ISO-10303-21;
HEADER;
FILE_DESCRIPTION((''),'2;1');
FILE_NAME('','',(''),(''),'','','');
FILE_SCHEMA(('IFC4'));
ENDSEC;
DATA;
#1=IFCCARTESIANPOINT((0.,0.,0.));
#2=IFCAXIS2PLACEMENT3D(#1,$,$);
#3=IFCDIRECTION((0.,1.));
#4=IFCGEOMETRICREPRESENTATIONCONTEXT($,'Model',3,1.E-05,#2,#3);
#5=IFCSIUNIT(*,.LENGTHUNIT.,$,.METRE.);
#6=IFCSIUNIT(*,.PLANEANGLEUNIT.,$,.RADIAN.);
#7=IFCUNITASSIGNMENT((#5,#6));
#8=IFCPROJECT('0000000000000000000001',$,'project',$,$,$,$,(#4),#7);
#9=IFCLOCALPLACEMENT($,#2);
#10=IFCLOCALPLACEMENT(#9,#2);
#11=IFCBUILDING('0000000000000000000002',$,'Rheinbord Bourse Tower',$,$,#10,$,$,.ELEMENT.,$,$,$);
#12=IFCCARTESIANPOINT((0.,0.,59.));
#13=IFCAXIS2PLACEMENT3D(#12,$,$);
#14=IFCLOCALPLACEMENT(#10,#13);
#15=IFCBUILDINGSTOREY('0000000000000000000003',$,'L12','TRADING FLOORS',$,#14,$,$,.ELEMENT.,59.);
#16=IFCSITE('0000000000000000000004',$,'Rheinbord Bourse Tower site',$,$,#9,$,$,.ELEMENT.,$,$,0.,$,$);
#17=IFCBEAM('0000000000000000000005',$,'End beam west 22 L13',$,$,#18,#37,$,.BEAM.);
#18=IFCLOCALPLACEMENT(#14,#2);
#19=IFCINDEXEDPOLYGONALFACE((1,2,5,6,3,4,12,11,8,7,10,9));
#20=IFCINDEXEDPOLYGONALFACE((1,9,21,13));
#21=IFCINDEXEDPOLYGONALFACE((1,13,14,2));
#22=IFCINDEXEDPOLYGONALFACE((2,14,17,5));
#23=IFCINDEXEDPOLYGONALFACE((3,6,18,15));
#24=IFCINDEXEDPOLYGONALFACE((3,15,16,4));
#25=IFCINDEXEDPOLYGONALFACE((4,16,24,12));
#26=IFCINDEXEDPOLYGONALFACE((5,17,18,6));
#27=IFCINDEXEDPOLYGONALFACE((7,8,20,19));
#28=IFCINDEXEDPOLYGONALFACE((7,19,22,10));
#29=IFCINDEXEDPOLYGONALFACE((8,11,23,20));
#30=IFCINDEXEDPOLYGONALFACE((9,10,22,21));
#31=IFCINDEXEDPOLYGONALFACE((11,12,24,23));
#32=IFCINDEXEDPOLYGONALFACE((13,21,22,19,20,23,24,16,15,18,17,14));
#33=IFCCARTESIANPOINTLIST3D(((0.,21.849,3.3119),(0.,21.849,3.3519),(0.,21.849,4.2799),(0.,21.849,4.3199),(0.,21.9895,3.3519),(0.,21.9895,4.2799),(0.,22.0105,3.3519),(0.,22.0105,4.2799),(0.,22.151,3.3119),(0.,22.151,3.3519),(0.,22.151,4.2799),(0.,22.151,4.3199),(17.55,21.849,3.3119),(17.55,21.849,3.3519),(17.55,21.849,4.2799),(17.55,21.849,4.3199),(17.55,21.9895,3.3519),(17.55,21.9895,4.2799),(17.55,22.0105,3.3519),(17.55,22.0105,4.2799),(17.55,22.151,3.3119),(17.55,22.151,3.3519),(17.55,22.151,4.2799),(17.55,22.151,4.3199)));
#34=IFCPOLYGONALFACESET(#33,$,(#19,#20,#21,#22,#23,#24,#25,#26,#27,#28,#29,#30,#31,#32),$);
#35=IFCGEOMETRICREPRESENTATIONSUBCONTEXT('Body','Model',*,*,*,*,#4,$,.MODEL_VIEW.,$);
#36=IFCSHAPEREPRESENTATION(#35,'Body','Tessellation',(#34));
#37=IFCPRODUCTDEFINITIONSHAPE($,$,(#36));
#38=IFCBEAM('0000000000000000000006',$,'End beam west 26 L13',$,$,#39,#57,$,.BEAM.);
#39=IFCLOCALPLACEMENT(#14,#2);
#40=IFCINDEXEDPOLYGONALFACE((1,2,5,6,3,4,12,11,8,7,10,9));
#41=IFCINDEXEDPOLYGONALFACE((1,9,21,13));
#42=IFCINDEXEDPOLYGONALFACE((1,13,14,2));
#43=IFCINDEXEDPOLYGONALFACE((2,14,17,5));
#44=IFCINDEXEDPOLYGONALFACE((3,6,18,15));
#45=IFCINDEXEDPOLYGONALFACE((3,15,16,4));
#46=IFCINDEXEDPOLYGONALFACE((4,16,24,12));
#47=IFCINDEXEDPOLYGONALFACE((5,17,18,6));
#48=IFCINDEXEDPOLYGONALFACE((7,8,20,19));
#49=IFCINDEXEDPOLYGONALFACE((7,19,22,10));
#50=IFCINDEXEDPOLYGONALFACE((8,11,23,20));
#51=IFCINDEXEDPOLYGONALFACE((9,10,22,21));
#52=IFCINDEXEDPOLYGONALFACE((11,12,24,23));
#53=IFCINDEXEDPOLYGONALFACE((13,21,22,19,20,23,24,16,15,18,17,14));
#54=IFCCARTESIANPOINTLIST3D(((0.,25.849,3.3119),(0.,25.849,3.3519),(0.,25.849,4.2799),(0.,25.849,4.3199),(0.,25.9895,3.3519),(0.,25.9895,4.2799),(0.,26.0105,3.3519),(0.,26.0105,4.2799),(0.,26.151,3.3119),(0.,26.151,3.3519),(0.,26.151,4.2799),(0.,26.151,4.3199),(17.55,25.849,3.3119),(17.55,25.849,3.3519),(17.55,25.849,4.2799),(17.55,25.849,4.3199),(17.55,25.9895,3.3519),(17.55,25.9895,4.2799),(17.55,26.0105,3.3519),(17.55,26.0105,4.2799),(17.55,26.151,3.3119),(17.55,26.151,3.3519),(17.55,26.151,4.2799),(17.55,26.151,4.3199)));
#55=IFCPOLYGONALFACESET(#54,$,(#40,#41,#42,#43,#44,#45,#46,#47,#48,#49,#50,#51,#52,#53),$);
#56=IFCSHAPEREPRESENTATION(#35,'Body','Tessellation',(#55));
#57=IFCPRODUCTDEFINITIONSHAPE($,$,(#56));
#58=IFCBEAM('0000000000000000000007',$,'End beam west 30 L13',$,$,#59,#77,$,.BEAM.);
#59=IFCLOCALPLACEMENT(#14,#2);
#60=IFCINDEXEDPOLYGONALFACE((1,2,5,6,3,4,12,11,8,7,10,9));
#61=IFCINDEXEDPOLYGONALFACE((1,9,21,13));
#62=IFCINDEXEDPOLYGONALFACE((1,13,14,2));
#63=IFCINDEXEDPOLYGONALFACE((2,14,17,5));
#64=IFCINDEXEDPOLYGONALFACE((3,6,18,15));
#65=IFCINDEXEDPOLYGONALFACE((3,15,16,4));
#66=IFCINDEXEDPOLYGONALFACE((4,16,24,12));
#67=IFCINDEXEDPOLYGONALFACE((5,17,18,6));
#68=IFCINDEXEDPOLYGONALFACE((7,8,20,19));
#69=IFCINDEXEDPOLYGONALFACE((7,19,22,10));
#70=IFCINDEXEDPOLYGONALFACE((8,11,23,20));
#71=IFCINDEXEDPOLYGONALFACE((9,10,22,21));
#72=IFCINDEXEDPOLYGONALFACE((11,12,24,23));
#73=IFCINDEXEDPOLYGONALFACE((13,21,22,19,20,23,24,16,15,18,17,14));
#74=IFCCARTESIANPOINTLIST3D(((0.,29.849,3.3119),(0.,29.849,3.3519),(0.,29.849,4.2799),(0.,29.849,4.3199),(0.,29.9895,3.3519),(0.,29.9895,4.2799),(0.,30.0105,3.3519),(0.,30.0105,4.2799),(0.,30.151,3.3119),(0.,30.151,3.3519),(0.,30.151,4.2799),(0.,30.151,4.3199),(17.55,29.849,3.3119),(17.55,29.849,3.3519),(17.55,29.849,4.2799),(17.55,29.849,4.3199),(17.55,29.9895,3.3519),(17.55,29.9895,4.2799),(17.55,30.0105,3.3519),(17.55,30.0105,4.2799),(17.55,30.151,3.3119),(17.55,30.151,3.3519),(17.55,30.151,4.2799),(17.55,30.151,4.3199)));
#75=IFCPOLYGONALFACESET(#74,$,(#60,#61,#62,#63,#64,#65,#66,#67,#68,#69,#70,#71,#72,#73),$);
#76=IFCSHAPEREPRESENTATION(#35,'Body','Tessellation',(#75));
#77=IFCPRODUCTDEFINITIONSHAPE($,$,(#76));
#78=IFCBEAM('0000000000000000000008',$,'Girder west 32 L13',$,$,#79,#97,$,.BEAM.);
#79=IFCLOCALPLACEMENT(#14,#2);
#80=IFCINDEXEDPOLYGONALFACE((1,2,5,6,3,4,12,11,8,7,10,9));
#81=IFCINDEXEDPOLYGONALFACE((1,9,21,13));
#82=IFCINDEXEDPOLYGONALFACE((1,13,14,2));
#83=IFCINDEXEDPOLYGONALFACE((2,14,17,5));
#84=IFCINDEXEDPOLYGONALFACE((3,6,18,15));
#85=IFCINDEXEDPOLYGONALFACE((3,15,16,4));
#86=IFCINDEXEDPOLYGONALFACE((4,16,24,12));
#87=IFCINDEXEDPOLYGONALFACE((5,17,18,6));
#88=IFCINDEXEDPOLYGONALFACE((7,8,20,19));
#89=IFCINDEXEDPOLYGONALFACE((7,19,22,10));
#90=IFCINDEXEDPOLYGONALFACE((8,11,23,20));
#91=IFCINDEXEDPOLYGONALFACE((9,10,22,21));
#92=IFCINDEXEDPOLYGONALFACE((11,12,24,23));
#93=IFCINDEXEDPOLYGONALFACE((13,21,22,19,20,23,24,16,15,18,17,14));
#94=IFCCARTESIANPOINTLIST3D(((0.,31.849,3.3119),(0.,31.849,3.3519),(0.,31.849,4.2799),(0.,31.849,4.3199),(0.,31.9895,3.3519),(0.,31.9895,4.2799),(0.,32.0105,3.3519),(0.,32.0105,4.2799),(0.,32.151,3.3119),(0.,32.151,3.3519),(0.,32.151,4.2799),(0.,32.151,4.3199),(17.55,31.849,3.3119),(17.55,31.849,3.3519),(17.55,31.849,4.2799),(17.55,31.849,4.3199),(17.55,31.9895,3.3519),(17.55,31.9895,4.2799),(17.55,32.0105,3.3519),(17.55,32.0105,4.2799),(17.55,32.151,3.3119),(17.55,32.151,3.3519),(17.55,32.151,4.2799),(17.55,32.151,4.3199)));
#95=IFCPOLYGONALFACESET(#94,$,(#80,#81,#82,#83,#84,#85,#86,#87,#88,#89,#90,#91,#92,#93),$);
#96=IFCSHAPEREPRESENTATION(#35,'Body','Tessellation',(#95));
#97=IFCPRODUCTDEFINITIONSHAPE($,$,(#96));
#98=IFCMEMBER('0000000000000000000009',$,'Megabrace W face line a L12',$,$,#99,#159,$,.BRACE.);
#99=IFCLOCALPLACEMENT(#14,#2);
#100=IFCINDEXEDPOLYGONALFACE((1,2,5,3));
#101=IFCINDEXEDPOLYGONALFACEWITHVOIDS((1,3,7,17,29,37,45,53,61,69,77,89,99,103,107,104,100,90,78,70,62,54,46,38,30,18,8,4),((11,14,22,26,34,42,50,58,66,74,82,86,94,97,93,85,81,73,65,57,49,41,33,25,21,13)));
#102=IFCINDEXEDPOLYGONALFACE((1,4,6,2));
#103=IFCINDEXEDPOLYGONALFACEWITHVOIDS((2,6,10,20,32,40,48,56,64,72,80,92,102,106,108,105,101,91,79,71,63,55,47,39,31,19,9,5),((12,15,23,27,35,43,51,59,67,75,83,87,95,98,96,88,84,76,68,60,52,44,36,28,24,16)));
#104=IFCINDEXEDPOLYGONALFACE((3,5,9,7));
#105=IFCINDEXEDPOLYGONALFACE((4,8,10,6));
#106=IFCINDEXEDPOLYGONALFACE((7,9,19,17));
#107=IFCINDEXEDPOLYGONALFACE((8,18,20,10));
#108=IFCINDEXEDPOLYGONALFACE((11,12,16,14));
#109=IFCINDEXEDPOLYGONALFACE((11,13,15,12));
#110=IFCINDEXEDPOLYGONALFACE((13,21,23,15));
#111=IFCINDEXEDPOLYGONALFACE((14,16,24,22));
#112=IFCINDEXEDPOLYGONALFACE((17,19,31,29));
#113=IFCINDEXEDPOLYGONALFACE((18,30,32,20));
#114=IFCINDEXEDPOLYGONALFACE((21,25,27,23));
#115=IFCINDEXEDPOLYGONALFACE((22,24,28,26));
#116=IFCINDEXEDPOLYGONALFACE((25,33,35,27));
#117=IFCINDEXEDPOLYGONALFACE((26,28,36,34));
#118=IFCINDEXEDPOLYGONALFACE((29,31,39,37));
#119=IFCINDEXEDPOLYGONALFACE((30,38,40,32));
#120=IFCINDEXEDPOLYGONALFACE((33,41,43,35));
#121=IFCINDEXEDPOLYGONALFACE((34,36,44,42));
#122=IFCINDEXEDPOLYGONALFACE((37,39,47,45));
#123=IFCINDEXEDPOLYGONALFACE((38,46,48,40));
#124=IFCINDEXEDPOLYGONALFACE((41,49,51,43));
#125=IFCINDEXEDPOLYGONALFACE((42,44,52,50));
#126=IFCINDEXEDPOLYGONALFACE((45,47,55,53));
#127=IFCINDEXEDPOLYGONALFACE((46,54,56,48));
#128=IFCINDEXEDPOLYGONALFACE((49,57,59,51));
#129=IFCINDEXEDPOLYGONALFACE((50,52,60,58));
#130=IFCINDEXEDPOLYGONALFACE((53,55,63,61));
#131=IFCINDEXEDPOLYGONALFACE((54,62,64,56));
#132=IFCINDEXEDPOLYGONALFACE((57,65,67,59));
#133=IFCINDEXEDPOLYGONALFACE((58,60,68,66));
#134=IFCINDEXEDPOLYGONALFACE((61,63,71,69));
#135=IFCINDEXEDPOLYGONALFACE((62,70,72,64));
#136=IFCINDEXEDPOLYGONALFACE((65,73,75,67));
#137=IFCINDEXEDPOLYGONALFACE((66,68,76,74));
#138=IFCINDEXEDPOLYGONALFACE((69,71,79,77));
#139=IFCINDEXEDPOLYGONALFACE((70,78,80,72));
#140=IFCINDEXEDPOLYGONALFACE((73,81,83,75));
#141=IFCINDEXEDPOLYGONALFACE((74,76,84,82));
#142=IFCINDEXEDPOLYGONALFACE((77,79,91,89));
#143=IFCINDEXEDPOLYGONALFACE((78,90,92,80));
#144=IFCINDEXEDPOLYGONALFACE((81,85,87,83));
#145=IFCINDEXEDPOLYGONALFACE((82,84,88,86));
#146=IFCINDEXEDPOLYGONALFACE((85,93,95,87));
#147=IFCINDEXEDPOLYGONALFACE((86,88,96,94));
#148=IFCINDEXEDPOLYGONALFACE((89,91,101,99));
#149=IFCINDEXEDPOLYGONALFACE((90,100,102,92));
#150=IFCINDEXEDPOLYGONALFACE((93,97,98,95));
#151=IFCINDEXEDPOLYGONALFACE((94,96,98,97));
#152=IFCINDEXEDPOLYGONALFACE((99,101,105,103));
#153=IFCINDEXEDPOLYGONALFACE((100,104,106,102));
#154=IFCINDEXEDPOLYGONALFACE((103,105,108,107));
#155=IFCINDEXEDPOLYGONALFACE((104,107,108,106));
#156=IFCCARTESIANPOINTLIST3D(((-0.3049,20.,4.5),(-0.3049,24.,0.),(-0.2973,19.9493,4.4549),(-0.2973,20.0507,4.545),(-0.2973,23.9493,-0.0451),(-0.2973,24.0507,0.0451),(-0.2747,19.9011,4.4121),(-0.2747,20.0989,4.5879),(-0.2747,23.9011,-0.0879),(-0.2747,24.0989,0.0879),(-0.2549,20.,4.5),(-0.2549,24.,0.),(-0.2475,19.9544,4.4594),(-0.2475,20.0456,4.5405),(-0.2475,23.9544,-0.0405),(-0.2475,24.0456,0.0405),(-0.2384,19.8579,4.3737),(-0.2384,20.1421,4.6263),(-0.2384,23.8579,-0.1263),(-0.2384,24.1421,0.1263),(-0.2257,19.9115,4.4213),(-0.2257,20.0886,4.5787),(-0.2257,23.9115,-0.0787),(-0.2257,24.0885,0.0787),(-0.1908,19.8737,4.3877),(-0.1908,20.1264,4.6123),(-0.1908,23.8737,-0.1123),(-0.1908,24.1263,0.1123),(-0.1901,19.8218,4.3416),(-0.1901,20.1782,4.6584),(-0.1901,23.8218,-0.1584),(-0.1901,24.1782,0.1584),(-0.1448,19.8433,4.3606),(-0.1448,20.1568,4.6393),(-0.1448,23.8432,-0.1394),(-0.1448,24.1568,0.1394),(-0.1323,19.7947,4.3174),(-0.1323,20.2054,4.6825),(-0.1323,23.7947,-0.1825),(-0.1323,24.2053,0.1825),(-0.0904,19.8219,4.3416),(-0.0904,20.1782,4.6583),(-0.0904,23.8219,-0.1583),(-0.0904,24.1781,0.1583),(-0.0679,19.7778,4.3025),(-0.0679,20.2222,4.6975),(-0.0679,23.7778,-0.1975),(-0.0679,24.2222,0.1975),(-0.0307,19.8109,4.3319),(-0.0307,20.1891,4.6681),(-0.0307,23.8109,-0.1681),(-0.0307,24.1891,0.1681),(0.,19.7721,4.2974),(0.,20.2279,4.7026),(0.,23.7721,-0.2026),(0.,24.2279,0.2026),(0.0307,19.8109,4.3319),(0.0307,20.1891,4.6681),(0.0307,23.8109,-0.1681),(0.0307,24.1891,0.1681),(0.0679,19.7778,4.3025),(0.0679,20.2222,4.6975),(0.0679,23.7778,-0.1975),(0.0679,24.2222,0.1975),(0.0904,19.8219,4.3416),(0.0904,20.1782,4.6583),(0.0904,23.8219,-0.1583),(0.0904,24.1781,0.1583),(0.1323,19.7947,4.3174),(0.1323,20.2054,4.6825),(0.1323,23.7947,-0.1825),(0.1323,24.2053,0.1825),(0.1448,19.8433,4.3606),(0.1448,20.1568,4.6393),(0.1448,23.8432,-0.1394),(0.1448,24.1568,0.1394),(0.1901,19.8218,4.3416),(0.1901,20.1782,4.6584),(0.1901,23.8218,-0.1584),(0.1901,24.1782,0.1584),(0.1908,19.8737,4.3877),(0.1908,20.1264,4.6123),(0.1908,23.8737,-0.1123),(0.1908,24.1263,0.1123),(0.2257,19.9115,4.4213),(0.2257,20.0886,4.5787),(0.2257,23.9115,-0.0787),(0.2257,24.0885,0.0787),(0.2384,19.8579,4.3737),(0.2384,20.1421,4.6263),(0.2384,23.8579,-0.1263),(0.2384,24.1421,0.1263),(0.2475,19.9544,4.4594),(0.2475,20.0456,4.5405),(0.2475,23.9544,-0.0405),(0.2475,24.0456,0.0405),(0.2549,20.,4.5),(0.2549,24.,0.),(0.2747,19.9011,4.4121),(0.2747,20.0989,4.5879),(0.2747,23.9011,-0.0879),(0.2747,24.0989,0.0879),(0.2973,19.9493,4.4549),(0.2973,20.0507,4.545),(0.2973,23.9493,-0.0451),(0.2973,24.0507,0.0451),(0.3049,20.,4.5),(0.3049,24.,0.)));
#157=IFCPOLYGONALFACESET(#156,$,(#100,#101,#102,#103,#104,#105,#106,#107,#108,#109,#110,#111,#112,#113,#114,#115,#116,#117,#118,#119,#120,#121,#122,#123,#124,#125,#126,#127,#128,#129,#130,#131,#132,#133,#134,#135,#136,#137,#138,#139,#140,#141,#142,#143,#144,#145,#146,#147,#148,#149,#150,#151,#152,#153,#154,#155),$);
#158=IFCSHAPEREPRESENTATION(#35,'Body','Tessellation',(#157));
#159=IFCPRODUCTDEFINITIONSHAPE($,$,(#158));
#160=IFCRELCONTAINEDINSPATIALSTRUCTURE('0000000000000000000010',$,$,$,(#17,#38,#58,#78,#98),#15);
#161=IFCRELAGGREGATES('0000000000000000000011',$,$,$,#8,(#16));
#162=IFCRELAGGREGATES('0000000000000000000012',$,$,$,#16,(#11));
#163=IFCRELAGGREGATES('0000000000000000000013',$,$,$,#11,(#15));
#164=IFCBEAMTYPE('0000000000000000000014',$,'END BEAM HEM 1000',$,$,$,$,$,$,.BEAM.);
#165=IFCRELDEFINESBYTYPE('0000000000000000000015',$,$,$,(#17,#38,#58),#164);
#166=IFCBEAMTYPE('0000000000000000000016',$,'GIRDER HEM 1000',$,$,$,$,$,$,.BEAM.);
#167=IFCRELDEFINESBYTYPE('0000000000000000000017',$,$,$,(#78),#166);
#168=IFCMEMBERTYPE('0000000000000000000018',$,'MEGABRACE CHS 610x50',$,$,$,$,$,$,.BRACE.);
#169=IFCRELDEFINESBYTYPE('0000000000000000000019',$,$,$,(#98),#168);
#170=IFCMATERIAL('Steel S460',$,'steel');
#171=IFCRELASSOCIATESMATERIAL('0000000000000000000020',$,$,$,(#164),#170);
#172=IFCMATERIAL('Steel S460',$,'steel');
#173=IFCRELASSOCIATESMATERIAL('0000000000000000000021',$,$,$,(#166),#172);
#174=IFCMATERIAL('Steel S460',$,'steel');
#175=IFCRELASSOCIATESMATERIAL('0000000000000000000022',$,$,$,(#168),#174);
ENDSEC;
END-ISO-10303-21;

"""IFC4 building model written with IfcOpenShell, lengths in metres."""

from ifc_helpers import new_model, si_unit, direction, frame, origin, origin_2d, place, context, subcontext, project, spatial, hollow_circle, i_section, extrude, material, material_profile, profile_set, type_object, element, save


model = new_model("IFC4")

# Units and contexts
model_context = context("Model", 3, precision=1e-05, world=origin(), true_north=direction((0.0, 1.0)))
body_context = subcontext(model_context, "Body", "Model", "MODEL_VIEW")
ifc_project = project(units=[si_unit("LENGTHUNIT", "METRE"), si_unit("PLANEANGLEUNIT", "RADIAN")], contexts=[model_context])

# Site, building, storey
site_placement = place(None, origin())
site = spatial("IfcSite", under=ifc_project, at=site_placement, Name="Rheinbord Bourse Tower site", CompositionType="ELEMENT", RefElevation=0.0)
building_placement = place(site_placement, origin())
building = spatial("IfcBuilding", under=site, at=building_placement, Name="Rheinbord Bourse Tower", CompositionType="ELEMENT")
storey_placement = place(building_placement, frame((0.0, 0.0, 59.0)))
storey = spatial("IfcBuildingStorey", under=building, at=storey_placement, Name="L12", Description="TRADING FLOORS", CompositionType="ELEMENT", Elevation=59.0)

# Beams
ifc_material_1 = material(Name="Steel S460", Category="steel")
ifc_material_profile_1 = material_profile(ifc_material_1, i_section(OverallWidth=0.302, OverallDepth=1.0081, WebThickness=0.021, FlangeThickness=0.04, at=origin_2d()), Name="HEM 1000")
ifc_profile_set_1 = profile_set([ifc_material_profile_1], Name="Steel S460")
beam_type_1 = type_object("IfcBeamType", Name="END BEAM HEM 1000", PredefinedType="BEAM", material=ifc_profile_set_1)
for number, where, z_axis, x_axis, name in (
    (1, (0.0, 22.0, 3.8159), (1.0, 0.0, 0.0), (0.0, 1.0, 0.0), "End beam west 22 L13"),
    (2, (0.0, 26.0, 3.8159), (1.0, 0.0, 0.0), (0.0, 1.0, 0.0), "End beam west 26 L13"),
    (3, (0.0, 30.0, 3.8159), (1.0, 0.0, 0.0), (0.0, 1.0, 0.0), "End beam west 30 L13"),
):
    element("IfcBeam", number, at=place(storey_placement, frame(where, z_axis=z_axis, x_axis=x_axis)), inside=storey, type_object=beam_type_1, Name=name, PredefinedType="BEAM", context=body_context, shape_type="SweptSolid", body=[
        extrude(i_section(OverallWidth=0.302, OverallDepth=1.0081, WebThickness=0.021, FlangeThickness=0.04, at=origin_2d()), origin(), (0.0, 0.0, 1.0), 17.55),
    ])
ifc_material_2 = material(Name="Steel S460", Category="steel")
ifc_material_profile_2 = material_profile(ifc_material_2, i_section(OverallWidth=0.302, OverallDepth=1.0081, WebThickness=0.021, FlangeThickness=0.04, at=origin_2d()), Name="HEM 1000")
ifc_profile_set_2 = profile_set([ifc_material_profile_2], Name="Steel S460")
beam_type_2 = type_object("IfcBeamType", Name="GIRDER HEM 1000", PredefinedType="BEAM", material=ifc_profile_set_2)
beam_1_placement = place(storey_placement, frame((0.0, 32.0, 3.8159), z_axis=(1.0, 0.0, 0.0), x_axis=(0.0, 1.0, 0.0)))
element("IfcBeam", 4, at=beam_1_placement, inside=storey, type_object=beam_type_2, Name="Girder west 32 L13", PredefinedType="BEAM", context=body_context, shape_type="SweptSolid", body=[
    extrude(i_section(OverallWidth=0.302, OverallDepth=1.0081, WebThickness=0.021, FlangeThickness=0.04, at=origin_2d()), origin(), (0.0, 0.0, 1.0), 17.55),
])

# Member
ifc_material_3 = material(Name="Steel S460", Category="steel")
ifc_material_profile_3 = material_profile(ifc_material_3, hollow_circle(Radius=0.3049, WallThickness=0.05, at=origin_2d()), Name="CHS 610x50")
ifc_profile_set_3 = profile_set([ifc_material_profile_3], Name="Steel S460")
member_type_1 = type_object("IfcMemberType", Name="MEGABRACE CHS 610x50", PredefinedType="BRACE", material=ifc_profile_set_3)
for number, where, z_axis, x_axis, name in (
    (5, (0.0, 24.0, 0.0), (0.0, -0.664364, 0.747409), (1.0, 0.0, 0.0), "Megabrace W face line a L12"),
):
    element("IfcMember", number, at=place(storey_placement, frame(where, z_axis=z_axis, x_axis=x_axis)), inside=storey, type_object=member_type_1, Name=name, PredefinedType="BRACE", context=body_context, shape_type="SweptSolid", body=[
        extrude(hollow_circle(Radius=0.3049, WallThickness=0.05, at=origin_2d()), origin(), (0.0, 0.0, 1.0), 6.0208),
    ])

save(model, "model.ifc")
